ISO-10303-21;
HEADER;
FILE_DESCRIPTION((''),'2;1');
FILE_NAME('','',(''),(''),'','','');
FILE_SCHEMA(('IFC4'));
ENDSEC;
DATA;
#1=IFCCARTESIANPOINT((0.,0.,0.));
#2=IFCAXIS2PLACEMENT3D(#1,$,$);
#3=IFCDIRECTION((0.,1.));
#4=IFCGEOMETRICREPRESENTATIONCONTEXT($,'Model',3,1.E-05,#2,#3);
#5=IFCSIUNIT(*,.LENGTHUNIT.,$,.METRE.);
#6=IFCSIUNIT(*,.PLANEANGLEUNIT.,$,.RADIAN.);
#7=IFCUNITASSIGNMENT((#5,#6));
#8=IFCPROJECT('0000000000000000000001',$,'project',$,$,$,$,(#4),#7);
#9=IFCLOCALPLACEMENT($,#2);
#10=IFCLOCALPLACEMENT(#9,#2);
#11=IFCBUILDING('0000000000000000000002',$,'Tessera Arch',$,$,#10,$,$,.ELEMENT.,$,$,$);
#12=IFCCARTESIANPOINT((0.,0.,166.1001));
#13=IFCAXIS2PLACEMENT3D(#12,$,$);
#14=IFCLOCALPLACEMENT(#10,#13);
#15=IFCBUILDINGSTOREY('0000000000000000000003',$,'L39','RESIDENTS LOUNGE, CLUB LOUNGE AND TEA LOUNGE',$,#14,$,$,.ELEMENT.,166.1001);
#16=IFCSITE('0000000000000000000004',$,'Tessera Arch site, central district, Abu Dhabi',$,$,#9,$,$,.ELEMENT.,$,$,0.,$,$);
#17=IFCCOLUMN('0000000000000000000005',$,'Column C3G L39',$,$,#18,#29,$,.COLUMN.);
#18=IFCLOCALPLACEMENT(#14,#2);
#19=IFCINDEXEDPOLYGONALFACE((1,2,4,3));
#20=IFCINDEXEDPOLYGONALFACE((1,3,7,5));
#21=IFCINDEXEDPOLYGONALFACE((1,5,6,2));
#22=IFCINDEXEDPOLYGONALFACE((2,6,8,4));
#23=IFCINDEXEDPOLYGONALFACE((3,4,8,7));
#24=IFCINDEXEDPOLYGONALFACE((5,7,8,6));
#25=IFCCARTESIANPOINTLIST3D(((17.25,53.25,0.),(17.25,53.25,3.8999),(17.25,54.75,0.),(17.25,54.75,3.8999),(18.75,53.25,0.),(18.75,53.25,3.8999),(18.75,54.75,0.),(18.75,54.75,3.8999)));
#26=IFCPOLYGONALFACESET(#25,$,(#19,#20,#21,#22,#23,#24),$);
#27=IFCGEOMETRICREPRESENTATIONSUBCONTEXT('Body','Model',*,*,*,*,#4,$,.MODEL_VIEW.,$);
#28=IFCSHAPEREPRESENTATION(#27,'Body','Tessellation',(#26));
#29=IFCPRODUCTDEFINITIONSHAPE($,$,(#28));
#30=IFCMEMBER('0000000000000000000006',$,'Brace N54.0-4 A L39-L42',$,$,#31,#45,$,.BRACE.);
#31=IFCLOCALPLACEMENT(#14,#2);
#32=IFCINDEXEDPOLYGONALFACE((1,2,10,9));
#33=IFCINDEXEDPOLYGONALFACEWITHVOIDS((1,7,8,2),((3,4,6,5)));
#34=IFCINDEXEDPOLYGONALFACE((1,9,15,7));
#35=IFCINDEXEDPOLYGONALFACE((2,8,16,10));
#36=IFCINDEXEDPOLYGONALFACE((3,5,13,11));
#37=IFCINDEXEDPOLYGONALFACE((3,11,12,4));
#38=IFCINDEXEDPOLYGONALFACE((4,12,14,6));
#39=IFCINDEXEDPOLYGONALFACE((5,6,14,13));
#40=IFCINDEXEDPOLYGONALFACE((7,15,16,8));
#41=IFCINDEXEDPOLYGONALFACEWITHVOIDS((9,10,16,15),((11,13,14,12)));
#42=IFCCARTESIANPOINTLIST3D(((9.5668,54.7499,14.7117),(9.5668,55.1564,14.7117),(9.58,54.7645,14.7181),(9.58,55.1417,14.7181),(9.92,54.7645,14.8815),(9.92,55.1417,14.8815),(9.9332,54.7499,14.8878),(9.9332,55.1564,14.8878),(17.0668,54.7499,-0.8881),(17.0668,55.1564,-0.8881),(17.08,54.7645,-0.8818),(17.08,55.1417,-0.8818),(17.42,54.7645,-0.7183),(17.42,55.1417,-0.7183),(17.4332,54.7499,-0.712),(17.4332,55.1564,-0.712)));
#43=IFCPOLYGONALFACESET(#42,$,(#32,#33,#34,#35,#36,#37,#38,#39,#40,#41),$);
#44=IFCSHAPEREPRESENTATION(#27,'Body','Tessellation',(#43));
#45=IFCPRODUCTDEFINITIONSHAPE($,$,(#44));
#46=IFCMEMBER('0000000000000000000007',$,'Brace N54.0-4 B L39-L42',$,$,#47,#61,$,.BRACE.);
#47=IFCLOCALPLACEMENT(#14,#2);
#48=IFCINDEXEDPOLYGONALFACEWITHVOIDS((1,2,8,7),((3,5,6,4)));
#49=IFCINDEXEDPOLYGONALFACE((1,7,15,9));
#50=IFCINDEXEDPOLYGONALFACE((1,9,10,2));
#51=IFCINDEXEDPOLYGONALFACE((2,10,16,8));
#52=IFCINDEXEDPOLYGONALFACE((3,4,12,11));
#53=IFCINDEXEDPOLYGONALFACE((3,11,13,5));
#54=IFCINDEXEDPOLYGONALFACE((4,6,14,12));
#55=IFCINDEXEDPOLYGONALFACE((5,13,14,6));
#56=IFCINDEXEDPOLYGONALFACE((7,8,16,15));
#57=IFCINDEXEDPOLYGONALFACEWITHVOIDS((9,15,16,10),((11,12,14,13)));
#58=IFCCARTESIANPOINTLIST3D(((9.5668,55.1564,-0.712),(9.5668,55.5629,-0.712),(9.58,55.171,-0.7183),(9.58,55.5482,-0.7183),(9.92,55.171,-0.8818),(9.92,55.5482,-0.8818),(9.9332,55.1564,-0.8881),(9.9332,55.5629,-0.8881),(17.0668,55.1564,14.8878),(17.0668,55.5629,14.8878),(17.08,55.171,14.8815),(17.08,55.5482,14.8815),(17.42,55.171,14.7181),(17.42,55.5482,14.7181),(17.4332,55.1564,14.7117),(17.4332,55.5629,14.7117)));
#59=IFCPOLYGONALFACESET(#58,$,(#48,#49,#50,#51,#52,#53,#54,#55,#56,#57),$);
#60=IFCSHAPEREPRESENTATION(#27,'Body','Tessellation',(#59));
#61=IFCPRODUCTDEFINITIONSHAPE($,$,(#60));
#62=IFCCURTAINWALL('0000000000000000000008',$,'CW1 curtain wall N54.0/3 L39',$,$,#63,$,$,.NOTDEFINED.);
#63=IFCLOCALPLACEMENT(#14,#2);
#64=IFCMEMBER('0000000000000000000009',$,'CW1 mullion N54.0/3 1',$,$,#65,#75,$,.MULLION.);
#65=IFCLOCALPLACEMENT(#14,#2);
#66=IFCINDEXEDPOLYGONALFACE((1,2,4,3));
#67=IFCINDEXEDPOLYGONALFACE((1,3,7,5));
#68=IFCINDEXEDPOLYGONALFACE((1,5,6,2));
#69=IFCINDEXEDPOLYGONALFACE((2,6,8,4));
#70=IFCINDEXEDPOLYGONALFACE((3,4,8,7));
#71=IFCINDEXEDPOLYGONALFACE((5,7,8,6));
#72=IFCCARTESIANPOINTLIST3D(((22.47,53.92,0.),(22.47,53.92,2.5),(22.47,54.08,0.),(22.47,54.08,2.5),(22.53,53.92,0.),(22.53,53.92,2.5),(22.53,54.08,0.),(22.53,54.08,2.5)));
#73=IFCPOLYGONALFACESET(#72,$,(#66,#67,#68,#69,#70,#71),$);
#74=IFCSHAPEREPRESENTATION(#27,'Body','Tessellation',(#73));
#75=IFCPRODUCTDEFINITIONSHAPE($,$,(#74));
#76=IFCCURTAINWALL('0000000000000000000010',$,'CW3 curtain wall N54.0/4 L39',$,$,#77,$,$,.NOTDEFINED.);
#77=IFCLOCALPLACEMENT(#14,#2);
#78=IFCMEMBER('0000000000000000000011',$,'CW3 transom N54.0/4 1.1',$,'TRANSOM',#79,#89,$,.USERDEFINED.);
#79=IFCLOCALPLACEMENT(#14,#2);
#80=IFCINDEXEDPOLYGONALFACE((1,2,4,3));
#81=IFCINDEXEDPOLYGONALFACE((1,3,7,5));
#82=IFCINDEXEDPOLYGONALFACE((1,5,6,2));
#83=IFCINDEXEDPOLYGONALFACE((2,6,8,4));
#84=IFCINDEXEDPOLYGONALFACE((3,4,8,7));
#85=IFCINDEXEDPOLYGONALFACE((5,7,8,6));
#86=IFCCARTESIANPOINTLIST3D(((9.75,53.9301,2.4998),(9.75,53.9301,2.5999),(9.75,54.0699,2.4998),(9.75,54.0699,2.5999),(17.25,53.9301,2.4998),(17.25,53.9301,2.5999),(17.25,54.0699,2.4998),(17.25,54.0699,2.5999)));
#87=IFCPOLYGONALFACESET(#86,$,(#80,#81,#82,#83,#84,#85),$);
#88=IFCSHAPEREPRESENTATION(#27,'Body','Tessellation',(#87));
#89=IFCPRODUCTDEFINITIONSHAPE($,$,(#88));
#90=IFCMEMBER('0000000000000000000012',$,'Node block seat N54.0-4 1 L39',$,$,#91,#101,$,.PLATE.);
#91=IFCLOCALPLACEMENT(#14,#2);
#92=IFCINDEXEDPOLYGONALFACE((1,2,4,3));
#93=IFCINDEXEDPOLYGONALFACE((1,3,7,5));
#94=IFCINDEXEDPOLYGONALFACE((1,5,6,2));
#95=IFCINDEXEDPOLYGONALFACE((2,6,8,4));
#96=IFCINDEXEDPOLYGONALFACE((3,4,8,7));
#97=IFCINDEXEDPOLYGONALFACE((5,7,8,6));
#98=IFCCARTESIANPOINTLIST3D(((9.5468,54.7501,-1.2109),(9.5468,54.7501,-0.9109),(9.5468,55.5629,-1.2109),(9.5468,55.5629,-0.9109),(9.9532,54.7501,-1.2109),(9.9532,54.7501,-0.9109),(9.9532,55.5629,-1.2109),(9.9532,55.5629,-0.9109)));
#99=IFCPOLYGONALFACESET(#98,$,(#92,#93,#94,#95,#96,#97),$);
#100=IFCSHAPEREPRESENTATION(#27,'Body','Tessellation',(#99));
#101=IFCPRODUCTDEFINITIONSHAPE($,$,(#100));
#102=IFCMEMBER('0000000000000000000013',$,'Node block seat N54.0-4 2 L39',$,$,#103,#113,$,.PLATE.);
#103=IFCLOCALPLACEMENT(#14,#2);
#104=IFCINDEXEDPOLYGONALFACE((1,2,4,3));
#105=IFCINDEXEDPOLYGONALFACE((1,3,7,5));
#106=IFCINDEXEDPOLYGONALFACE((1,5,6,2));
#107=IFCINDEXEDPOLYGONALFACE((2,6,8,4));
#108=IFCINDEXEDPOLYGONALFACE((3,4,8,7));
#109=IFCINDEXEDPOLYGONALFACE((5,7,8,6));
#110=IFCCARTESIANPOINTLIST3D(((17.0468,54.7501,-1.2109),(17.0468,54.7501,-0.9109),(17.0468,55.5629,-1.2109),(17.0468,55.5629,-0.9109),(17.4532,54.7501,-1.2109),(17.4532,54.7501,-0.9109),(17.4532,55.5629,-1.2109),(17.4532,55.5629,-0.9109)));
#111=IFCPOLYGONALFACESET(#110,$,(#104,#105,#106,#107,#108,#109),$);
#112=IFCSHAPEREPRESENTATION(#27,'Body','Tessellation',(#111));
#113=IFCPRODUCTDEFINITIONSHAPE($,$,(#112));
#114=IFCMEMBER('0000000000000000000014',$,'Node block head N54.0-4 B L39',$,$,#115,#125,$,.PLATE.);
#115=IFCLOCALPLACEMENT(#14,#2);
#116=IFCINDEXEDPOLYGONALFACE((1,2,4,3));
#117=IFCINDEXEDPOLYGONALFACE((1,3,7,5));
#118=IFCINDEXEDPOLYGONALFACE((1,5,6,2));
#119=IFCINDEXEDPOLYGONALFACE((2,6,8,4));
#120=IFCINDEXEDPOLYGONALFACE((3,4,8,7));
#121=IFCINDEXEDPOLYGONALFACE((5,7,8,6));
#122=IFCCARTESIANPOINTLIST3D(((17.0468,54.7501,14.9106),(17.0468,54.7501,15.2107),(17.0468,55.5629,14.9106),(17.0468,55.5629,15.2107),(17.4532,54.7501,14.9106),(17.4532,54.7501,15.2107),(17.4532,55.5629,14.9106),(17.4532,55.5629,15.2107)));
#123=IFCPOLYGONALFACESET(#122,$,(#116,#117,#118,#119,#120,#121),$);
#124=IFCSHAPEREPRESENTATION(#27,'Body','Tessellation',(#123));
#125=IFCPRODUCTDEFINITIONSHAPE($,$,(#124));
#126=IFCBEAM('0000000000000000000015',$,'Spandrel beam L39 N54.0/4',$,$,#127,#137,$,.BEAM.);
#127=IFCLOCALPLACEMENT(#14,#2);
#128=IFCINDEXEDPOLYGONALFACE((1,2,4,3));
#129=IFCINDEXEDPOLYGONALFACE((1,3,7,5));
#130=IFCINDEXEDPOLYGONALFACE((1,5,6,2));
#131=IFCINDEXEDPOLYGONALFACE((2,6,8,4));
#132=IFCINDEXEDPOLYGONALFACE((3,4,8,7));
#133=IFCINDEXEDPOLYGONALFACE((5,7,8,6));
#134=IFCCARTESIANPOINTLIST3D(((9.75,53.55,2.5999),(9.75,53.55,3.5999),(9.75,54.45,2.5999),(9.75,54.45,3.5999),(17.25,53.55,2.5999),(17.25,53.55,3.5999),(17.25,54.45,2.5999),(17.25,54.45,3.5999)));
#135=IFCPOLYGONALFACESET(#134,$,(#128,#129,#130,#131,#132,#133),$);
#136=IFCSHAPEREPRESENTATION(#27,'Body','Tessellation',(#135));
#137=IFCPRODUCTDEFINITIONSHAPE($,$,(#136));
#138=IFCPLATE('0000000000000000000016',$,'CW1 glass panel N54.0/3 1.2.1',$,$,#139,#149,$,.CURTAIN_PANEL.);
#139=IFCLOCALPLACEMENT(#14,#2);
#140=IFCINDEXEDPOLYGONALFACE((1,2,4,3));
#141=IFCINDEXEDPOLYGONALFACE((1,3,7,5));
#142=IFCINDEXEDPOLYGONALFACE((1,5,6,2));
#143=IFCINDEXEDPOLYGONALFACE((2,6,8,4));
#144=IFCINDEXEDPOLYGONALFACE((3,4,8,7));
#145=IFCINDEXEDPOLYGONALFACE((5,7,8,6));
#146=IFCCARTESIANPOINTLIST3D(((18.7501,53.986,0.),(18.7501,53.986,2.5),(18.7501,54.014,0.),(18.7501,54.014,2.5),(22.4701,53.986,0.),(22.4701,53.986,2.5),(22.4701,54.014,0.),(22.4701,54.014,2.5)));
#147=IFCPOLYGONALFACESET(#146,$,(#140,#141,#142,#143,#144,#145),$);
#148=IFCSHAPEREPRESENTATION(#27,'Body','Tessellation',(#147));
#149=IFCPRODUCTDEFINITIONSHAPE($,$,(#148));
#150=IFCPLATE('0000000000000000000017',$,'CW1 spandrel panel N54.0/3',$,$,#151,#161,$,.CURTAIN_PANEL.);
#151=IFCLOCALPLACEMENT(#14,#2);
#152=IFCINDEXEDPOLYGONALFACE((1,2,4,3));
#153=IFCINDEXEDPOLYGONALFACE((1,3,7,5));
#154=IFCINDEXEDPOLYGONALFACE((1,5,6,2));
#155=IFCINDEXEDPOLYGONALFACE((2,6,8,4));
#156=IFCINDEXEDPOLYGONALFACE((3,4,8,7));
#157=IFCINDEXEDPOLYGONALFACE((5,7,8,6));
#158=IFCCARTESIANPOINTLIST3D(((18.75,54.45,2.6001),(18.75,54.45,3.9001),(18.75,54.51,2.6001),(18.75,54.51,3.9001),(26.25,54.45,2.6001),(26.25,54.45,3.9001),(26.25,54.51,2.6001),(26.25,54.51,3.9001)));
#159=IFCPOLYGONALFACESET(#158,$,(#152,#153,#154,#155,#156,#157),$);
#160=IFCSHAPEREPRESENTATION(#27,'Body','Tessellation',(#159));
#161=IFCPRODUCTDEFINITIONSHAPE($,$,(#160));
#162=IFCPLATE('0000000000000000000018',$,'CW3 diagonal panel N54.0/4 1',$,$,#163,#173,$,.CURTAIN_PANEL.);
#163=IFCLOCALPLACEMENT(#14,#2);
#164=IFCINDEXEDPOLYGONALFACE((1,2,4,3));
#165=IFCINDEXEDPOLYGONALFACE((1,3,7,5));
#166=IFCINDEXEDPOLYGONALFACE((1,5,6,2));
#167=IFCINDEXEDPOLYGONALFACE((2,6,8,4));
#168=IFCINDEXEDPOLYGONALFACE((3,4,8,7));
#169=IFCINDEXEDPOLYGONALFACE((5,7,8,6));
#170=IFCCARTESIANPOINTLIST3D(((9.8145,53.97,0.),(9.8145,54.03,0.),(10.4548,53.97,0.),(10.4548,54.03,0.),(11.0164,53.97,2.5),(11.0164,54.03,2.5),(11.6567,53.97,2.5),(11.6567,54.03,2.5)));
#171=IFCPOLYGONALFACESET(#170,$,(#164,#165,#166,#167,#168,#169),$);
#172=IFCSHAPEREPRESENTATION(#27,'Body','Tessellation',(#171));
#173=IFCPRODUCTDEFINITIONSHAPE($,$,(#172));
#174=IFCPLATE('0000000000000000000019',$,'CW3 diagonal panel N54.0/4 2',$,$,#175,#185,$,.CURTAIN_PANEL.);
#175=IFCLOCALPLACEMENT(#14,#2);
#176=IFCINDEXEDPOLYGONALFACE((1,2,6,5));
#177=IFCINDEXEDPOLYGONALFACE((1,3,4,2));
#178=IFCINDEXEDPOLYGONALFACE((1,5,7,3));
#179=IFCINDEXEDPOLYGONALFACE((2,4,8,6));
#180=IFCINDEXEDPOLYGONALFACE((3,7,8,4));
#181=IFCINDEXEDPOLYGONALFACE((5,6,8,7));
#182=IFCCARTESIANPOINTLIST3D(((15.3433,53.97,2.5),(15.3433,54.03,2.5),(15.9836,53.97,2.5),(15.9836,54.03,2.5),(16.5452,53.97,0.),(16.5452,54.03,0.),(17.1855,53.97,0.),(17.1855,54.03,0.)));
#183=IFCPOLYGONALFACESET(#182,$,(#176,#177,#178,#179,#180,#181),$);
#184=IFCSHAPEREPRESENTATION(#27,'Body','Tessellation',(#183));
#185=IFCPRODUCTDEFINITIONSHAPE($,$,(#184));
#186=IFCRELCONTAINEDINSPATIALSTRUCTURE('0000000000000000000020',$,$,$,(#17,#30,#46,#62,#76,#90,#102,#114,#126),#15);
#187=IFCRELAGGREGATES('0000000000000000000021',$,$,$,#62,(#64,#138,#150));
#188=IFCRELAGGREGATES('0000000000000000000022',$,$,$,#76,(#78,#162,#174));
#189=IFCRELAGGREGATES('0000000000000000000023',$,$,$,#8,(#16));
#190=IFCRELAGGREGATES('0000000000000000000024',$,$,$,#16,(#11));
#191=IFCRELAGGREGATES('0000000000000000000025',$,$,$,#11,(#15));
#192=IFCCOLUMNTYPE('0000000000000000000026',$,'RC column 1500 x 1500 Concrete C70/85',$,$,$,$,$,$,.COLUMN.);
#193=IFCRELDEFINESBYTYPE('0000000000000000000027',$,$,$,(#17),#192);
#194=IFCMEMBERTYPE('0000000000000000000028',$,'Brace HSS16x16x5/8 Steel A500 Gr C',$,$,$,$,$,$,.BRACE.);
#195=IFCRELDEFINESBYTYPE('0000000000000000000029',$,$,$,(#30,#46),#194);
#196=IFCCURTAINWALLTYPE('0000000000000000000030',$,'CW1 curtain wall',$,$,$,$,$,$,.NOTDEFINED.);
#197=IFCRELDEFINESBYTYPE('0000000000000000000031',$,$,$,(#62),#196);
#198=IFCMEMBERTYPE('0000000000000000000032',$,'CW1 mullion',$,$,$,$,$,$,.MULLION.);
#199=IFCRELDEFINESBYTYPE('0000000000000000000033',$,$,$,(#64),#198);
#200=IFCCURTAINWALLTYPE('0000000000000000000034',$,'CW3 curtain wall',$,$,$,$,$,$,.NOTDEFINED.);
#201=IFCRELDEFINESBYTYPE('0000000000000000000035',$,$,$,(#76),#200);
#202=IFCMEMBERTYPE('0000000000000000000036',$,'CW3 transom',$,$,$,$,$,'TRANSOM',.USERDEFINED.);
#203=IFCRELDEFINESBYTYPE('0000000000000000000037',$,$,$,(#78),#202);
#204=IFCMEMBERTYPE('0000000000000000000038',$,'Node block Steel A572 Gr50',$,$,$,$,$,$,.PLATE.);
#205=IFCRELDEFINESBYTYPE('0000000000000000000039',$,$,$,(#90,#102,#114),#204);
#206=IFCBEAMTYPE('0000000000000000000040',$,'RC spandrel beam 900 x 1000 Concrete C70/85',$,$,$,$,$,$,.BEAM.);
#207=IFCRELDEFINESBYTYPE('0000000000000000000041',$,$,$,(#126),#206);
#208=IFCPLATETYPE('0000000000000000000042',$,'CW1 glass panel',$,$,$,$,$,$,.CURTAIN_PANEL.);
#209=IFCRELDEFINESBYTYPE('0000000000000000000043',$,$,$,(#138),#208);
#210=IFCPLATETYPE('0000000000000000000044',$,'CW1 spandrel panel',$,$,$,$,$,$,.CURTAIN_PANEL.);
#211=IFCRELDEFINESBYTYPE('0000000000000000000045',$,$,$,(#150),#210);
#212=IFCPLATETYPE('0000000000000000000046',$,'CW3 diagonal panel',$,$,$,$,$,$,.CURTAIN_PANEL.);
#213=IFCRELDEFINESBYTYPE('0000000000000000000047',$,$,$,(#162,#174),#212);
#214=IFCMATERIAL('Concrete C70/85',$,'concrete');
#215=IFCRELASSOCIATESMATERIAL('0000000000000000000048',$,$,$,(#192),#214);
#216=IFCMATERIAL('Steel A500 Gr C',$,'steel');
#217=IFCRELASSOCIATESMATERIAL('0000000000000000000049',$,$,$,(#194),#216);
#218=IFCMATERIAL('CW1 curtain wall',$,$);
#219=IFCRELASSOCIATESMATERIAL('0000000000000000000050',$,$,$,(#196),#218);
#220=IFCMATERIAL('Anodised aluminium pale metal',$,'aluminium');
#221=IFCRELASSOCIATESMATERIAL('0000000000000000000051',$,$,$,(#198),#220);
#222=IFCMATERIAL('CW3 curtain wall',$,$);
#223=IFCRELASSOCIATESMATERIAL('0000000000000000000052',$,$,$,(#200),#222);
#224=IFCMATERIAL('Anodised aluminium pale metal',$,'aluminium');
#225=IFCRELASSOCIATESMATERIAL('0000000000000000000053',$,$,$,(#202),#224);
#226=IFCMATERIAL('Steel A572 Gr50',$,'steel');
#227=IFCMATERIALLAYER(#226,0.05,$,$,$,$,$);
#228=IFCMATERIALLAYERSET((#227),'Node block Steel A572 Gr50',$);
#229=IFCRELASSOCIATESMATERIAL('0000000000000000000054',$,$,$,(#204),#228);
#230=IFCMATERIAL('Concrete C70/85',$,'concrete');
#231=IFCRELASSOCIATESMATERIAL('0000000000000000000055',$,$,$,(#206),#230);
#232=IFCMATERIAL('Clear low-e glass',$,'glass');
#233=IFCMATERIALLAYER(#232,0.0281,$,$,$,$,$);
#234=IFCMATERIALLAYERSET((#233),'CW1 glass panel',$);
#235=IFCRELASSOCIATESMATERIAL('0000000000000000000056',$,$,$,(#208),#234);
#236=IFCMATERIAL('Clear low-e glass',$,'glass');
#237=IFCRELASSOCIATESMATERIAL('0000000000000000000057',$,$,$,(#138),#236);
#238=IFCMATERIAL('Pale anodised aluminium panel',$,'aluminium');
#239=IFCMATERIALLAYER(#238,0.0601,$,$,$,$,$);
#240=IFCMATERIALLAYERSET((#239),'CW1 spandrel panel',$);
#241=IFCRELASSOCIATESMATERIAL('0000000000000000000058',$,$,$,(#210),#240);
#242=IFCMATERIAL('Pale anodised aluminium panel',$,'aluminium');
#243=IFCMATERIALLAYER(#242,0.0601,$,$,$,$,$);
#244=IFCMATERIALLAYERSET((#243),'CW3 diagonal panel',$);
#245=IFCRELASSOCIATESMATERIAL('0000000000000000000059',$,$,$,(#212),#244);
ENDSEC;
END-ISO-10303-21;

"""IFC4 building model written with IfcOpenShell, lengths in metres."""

from ifc_helpers import new_model, si_unit, direction, frame, origin, origin_2d, place, context, subcontext, project, spatial, polyline, rectangle, hollow_rectangle, outline, extrude, material, layer, layer_set, material_profile, profile_set, type_object, element, aggregate, save


model = new_model("IFC4")

# Units and contexts
model_context = context("Model", 3, precision=1e-05, world=origin(), true_north=direction((0.0, 1.0)))
body_context = subcontext(model_context, "Body", "Model", "MODEL_VIEW")
ifc_project = project(units=[si_unit("LENGTHUNIT", "METRE"), si_unit("PLANEANGLEUNIT", "RADIAN")], contexts=[model_context])

# Site, building, storey
site_placement = place(None, origin())
site = spatial("IfcSite", under=ifc_project, at=site_placement, Name="Tessera Arch site, central district, Abu Dhabi", CompositionType="ELEMENT", RefElevation=0.0)
building_placement = place(site_placement, origin())
building = spatial("IfcBuilding", under=site, at=building_placement, Name="Tessera Arch", CompositionType="ELEMENT")
storey_placement = place(building_placement, frame((0.0, 0.0, 166.1001)))
storey = spatial("IfcBuildingStorey", under=building, at=storey_placement, Name="L39", Description="RESIDENTS LOUNGE, CLUB LOUNGE AND TEA LOUNGE", CompositionType="ELEMENT", Elevation=166.1001)

# Column
ifc_material_1 = material(Name="Concrete C70/85", Category="concrete")
ifc_material_profile_1 = material_profile(ifc_material_1, rectangle(XDim=1.5, YDim=1.5, at=origin_2d()), Name="RC column 1500 x 1500 Concrete C70/85")
ifc_profile_set_1 = profile_set([ifc_material_profile_1], Name="Concrete C70/85")
column_type = type_object("IfcColumnType", Name="RC column 1500 x 1500 Concrete C70/85", PredefinedType="COLUMN", material=ifc_profile_set_1)
column_placement = place(storey_placement, frame((18.0, 54.0, 0.0), z_axis=(0.0, 0.0, 1.0), x_axis=(1.0, 0.0, 0.0)))
element("IfcColumn", 1, at=column_placement, inside=storey, type_object=column_type, Name="Column C3G L39", PredefinedType="COLUMN", context=body_context, shape_type="SweptSolid", body=[
    extrude(rectangle(XDim=1.5, YDim=1.5, at=origin_2d()), origin(), (0.0, 0.0, 1.0), 3.8999),
])

# Members
ifc_material_2 = material(Name="Steel A500 Gr C", Category="steel")
ifc_material_profile_2 = material_profile(ifc_material_2, hollow_rectangle(XDim=0.4065, YDim=0.4065, WallThickness=0.0146, at=origin_2d()), Name="HSS16x16x5/8")
ifc_profile_set_2 = profile_set([ifc_material_profile_2], Name="Steel A500 Gr C")
member_type_1 = type_object("IfcMemberType", Name="Brace HSS16x16x5/8 Steel A500 Gr C", PredefinedType="BRACE", material=ifc_profile_set_2)
for number, where, z_axis, x_axis, name in (
    (2, (17.25, 54.9531, -0.8), (-0.433298, 0.0, 0.901251), (0.0, -1.0, 0.0), "Brace N54.0-4 A L39-L42"),
    (3, (9.75, 55.3596, -0.8), (0.433298, 0.0, 0.901251), (0.0, 1.0, 0.0), "Brace N54.0-4 B L39-L42"),
):
    element("IfcMember", number, at=place(storey_placement, frame(where, z_axis=z_axis, x_axis=x_axis)), inside=storey, type_object=member_type_1, Name=name, PredefinedType="BRACE", context=body_context, shape_type="SweptSolid", body=[
        extrude(hollow_rectangle(XDim=0.4065, YDim=0.4065, WallThickness=0.0146, at=origin_2d()), origin(), (0.0, 0.0, 1.0), 17.3091),
    ])

# Curtain walls, members
ifc_material_3 = material(Name="CW1 curtain wall")
curtain_wall_type_1 = type_object("IfcCurtainWallType", Name="CW1 curtain wall", PredefinedType="NOTDEFINED", material=ifc_material_3)
curtain_wall_1_placement = place(storey_placement, origin())
curtain_wall_1 = element("IfcCurtainWall", 4, at=curtain_wall_1_placement, inside=storey, type_object=curtain_wall_type_1, Name="CW1 curtain wall N54.0/3 L39", PredefinedType="NOTDEFINED")
ifc_material_4 = material(Name="Anodised aluminium pale metal", Category="aluminium")
ifc_material_profile_3 = material_profile(ifc_material_4, rectangle(XDim=0.1599, YDim=0.0601, at=origin_2d()), Name="AL 60x160")
ifc_profile_set_3 = profile_set([ifc_material_profile_3], Name="Anodised aluminium pale metal")
member_type_2 = type_object("IfcMemberType", Name="CW1 mullion", PredefinedType="MULLION", material=ifc_profile_set_3)
member_1_placement = place(storey_placement, frame((22.5, 54.0, 0.0), z_axis=(0.0, 0.0, 1.0), x_axis=(0.0, -1.0, 0.0)))
member_1 = element("IfcMember", 5, at=member_1_placement, type_object=member_type_2, Name="CW1 mullion N54.0/3 1", PredefinedType="MULLION", context=body_context, shape_type="SweptSolid", body=[
    extrude(rectangle(XDim=0.1599, YDim=0.0601, at=origin_2d()), origin(), (0.0, 0.0, 1.0), 2.5),
])
ifc_material_5 = material(Name="CW3 curtain wall")
curtain_wall_type_2 = type_object("IfcCurtainWallType", Name="CW3 curtain wall", PredefinedType="NOTDEFINED", material=ifc_material_5)
curtain_wall_2_placement = place(storey_placement, origin())
curtain_wall_2 = element("IfcCurtainWall", 6, at=curtain_wall_2_placement, inside=storey, type_object=curtain_wall_type_2, Name="CW3 curtain wall N54.0/4 L39", PredefinedType="NOTDEFINED")
ifc_material_6 = material(Name="Anodised aluminium pale metal", Category="aluminium")
ifc_material_profile_4 = material_profile(ifc_material_6, rectangle(XDim=0.1399, YDim=0.1001, at=origin_2d()), Name="AL 140x100")
ifc_profile_set_4 = profile_set([ifc_material_profile_4], Name="Anodised aluminium pale metal")
member_type_3 = type_object("IfcMemberType", Name="CW3 transom", ElementType="TRANSOM", PredefinedType="USERDEFINED", material=ifc_profile_set_4)
member_2_placement = place(storey_placement, frame((17.25, 54.0, 2.5498), z_axis=(-1.0, 0.0, 0.0), x_axis=(0.0, -1.0, 0.0)))
member_2 = element("IfcMember", 7, at=member_2_placement, type_object=member_type_3, Name="CW3 transom N54.0/4 1.1", ObjectType="TRANSOM", PredefinedType="USERDEFINED", context=body_context, shape_type="SweptSolid", body=[
    extrude(rectangle(XDim=0.1399, YDim=0.1001, at=origin_2d()), origin(), (0.0, 0.0, 1.0), 7.5),
])

# Members
ifc_material_7 = material(Name="Steel A572 Gr50", Category="steel")
ifc_layer_1 = layer(ifc_material_7, 0.05)
ifc_layer_set_1 = layer_set([ifc_layer_1], Name="Node block Steel A572 Gr50")
member_type_4 = type_object("IfcMemberType", Name="Node block Steel A572 Gr50", PredefinedType="PLATE", material=ifc_layer_set_1)
for number, where, z_axis, x_axis, name in (
    (8, (9.75, 55.1565, -1.2109), (0.0, 0.0, 1.0), (-1.0, 0.0, 0.0), "Node block seat N54.0-4 1 L39"),
    (9, (17.25, 55.1565, -1.2109), (0.0, 0.0, 1.0), (-1.0, 0.0, 0.0), "Node block seat N54.0-4 2 L39"),
    (10, (17.25, 55.1565, 14.9106), (0.0, 0.0, 1.0), (-1.0, 0.0, 0.0), "Node block head N54.0-4 B L39"),
):
    element("IfcMember", number, at=place(storey_placement, frame(where, z_axis=z_axis, x_axis=x_axis)), inside=storey, type_object=member_type_4, Name=name, PredefinedType="PLATE", context=body_context, shape_type="SweptSolid", body=[
        extrude(rectangle(XDim=0.4065, YDim=0.8127, at=origin_2d()), origin(), (0.0, 0.0, 1.0), 0.3),
    ])

# Beam
ifc_material_8 = material(Name="Concrete C70/85", Category="concrete")
ifc_material_profile_5 = material_profile(ifc_material_8, rectangle(XDim=0.8999, YDim=1.0, at=origin_2d()), Name="RC spandrel beam 900 x 1000 Concrete C70/85")
ifc_profile_set_5 = profile_set([ifc_material_profile_5], Name="Concrete C70/85")
beam_type = type_object("IfcBeamType", Name="RC spandrel beam 900 x 1000 Concrete C70/85", PredefinedType="BEAM", material=ifc_profile_set_5)
beam_placement = place(storey_placement, frame((17.25, 54.0, 3.0999), z_axis=(-1.0, 0.0, 0.0), x_axis=(0.0, -1.0, 0.0)))
element("IfcBeam", 11, at=beam_placement, inside=storey, type_object=beam_type, Name="Spandrel beam L39 N54.0/4", PredefinedType="BEAM", context=body_context, shape_type="SweptSolid", body=[
    extrude(rectangle(XDim=0.8999, YDim=1.0, at=origin_2d()), origin(), (0.0, 0.0, 1.0), 7.5),
])

# Plates
ifc_material_9 = material(Name="Clear low-e glass", Category="glass")
ifc_material_10 = material(Name="Clear low-e glass", Category="glass")
ifc_layer_2 = layer(ifc_material_10, 0.0281)
ifc_layer_set_2 = layer_set([ifc_layer_2], Name="CW1 glass panel")
plate_type_1 = type_object("IfcPlateType", Name="CW1 glass panel", PredefinedType="CURTAIN_PANEL", material=ifc_layer_set_2)
plate_1_placement = place(storey_placement, frame((20.6101, 54.0, 0.0), z_axis=(0.0, 0.0, 1.0), x_axis=(-1.0, 0.0, 0.0)))
plate_1 = element("IfcPlate", 12, at=plate_1_placement, type_object=plate_type_1, material=ifc_material_9, Name="CW1 glass panel N54.0/3 1.2.1", PredefinedType="CURTAIN_PANEL", context=body_context, shape_type="SweptSolid", body=[
    extrude(rectangle(XDim=3.72, YDim=0.0281, at=origin_2d()), origin(), (0.0, 0.0, 1.0), 2.5),
])
ifc_material_11 = material(Name="Pale anodised aluminium panel", Category="aluminium")
ifc_layer_3 = layer(ifc_material_11, 0.0601)
ifc_layer_set_3 = layer_set([ifc_layer_3], Name="CW1 spandrel panel")
plate_type_2 = type_object("IfcPlateType", Name="CW1 spandrel panel", PredefinedType="CURTAIN_PANEL", material=ifc_layer_set_3)
plate_2_placement = place(storey_placement, frame((22.5, 54.48, 2.6001), z_axis=(0.0, 0.0, 1.0), x_axis=(-1.0, 0.0, 0.0)))
plate_2 = element("IfcPlate", 13, at=plate_2_placement, type_object=plate_type_2, Name="CW1 spandrel panel N54.0/3", PredefinedType="CURTAIN_PANEL", context=body_context, shape_type="SweptSolid", body=[
    extrude(rectangle(XDim=7.5, YDim=0.0601, at=origin_2d()), origin(), (0.0, 0.0, 1.0), 1.3),
])
aggregate(curtain_wall_1, [member_1, plate_1, plate_2])
ifc_material_12 = material(Name="Pale anodised aluminium panel", Category="aluminium")
ifc_layer_4 = layer(ifc_material_12, 0.0601)
ifc_layer_set_4 = layer_set([ifc_layer_4], Name="CW3 diagonal panel")
plate_type_3 = type_object("IfcPlateType", Name="CW3 diagonal panel", PredefinedType="CURTAIN_PANEL", material=ifc_layer_set_4)
plate_3_placement = place(storey_placement, frame((11.0164, 54.03, 2.5), z_axis=(0.0, 1.0, 0.0), x_axis=(1.0, 0.0, 0.0)))
plate_3 = element("IfcPlate", 14, at=plate_3_placement, type_object=plate_type_3, Name="CW3 diagonal panel N54.0/4 1", PredefinedType="CURTAIN_PANEL", context=body_context, shape_type="SweptSolid", body=[
    extrude(outline(polyline([(0.0, 0.0), (0.6404, 0.0), (-0.5615, 2.5), (-1.2019, 2.5), (0.0, 0.0)])), origin(), (0.0, 0.0, -1.0), 0.0601),
])
plate_4_placement = place(storey_placement, frame((15.3433, 54.03, 2.5), z_axis=(0.0, 1.0, 0.0), x_axis=(1.0, 0.0, 0.0)))
plate_4 = element("IfcPlate", 15, at=plate_4_placement, type_object=plate_type_3, Name="CW3 diagonal panel N54.0/4 2", PredefinedType="CURTAIN_PANEL", context=body_context, shape_type="SweptSolid", body=[
    extrude(outline(polyline([(0.0, 0.0), (0.6404, 0.0), (1.8423, 2.5), (1.2019, 2.5), (0.0, 0.0)])), origin(), (0.0, 0.0, -1.0), 0.0601),
])
aggregate(curtain_wall_2, [member_2, plate_3, plate_4])

save(model, "model.ifc")
